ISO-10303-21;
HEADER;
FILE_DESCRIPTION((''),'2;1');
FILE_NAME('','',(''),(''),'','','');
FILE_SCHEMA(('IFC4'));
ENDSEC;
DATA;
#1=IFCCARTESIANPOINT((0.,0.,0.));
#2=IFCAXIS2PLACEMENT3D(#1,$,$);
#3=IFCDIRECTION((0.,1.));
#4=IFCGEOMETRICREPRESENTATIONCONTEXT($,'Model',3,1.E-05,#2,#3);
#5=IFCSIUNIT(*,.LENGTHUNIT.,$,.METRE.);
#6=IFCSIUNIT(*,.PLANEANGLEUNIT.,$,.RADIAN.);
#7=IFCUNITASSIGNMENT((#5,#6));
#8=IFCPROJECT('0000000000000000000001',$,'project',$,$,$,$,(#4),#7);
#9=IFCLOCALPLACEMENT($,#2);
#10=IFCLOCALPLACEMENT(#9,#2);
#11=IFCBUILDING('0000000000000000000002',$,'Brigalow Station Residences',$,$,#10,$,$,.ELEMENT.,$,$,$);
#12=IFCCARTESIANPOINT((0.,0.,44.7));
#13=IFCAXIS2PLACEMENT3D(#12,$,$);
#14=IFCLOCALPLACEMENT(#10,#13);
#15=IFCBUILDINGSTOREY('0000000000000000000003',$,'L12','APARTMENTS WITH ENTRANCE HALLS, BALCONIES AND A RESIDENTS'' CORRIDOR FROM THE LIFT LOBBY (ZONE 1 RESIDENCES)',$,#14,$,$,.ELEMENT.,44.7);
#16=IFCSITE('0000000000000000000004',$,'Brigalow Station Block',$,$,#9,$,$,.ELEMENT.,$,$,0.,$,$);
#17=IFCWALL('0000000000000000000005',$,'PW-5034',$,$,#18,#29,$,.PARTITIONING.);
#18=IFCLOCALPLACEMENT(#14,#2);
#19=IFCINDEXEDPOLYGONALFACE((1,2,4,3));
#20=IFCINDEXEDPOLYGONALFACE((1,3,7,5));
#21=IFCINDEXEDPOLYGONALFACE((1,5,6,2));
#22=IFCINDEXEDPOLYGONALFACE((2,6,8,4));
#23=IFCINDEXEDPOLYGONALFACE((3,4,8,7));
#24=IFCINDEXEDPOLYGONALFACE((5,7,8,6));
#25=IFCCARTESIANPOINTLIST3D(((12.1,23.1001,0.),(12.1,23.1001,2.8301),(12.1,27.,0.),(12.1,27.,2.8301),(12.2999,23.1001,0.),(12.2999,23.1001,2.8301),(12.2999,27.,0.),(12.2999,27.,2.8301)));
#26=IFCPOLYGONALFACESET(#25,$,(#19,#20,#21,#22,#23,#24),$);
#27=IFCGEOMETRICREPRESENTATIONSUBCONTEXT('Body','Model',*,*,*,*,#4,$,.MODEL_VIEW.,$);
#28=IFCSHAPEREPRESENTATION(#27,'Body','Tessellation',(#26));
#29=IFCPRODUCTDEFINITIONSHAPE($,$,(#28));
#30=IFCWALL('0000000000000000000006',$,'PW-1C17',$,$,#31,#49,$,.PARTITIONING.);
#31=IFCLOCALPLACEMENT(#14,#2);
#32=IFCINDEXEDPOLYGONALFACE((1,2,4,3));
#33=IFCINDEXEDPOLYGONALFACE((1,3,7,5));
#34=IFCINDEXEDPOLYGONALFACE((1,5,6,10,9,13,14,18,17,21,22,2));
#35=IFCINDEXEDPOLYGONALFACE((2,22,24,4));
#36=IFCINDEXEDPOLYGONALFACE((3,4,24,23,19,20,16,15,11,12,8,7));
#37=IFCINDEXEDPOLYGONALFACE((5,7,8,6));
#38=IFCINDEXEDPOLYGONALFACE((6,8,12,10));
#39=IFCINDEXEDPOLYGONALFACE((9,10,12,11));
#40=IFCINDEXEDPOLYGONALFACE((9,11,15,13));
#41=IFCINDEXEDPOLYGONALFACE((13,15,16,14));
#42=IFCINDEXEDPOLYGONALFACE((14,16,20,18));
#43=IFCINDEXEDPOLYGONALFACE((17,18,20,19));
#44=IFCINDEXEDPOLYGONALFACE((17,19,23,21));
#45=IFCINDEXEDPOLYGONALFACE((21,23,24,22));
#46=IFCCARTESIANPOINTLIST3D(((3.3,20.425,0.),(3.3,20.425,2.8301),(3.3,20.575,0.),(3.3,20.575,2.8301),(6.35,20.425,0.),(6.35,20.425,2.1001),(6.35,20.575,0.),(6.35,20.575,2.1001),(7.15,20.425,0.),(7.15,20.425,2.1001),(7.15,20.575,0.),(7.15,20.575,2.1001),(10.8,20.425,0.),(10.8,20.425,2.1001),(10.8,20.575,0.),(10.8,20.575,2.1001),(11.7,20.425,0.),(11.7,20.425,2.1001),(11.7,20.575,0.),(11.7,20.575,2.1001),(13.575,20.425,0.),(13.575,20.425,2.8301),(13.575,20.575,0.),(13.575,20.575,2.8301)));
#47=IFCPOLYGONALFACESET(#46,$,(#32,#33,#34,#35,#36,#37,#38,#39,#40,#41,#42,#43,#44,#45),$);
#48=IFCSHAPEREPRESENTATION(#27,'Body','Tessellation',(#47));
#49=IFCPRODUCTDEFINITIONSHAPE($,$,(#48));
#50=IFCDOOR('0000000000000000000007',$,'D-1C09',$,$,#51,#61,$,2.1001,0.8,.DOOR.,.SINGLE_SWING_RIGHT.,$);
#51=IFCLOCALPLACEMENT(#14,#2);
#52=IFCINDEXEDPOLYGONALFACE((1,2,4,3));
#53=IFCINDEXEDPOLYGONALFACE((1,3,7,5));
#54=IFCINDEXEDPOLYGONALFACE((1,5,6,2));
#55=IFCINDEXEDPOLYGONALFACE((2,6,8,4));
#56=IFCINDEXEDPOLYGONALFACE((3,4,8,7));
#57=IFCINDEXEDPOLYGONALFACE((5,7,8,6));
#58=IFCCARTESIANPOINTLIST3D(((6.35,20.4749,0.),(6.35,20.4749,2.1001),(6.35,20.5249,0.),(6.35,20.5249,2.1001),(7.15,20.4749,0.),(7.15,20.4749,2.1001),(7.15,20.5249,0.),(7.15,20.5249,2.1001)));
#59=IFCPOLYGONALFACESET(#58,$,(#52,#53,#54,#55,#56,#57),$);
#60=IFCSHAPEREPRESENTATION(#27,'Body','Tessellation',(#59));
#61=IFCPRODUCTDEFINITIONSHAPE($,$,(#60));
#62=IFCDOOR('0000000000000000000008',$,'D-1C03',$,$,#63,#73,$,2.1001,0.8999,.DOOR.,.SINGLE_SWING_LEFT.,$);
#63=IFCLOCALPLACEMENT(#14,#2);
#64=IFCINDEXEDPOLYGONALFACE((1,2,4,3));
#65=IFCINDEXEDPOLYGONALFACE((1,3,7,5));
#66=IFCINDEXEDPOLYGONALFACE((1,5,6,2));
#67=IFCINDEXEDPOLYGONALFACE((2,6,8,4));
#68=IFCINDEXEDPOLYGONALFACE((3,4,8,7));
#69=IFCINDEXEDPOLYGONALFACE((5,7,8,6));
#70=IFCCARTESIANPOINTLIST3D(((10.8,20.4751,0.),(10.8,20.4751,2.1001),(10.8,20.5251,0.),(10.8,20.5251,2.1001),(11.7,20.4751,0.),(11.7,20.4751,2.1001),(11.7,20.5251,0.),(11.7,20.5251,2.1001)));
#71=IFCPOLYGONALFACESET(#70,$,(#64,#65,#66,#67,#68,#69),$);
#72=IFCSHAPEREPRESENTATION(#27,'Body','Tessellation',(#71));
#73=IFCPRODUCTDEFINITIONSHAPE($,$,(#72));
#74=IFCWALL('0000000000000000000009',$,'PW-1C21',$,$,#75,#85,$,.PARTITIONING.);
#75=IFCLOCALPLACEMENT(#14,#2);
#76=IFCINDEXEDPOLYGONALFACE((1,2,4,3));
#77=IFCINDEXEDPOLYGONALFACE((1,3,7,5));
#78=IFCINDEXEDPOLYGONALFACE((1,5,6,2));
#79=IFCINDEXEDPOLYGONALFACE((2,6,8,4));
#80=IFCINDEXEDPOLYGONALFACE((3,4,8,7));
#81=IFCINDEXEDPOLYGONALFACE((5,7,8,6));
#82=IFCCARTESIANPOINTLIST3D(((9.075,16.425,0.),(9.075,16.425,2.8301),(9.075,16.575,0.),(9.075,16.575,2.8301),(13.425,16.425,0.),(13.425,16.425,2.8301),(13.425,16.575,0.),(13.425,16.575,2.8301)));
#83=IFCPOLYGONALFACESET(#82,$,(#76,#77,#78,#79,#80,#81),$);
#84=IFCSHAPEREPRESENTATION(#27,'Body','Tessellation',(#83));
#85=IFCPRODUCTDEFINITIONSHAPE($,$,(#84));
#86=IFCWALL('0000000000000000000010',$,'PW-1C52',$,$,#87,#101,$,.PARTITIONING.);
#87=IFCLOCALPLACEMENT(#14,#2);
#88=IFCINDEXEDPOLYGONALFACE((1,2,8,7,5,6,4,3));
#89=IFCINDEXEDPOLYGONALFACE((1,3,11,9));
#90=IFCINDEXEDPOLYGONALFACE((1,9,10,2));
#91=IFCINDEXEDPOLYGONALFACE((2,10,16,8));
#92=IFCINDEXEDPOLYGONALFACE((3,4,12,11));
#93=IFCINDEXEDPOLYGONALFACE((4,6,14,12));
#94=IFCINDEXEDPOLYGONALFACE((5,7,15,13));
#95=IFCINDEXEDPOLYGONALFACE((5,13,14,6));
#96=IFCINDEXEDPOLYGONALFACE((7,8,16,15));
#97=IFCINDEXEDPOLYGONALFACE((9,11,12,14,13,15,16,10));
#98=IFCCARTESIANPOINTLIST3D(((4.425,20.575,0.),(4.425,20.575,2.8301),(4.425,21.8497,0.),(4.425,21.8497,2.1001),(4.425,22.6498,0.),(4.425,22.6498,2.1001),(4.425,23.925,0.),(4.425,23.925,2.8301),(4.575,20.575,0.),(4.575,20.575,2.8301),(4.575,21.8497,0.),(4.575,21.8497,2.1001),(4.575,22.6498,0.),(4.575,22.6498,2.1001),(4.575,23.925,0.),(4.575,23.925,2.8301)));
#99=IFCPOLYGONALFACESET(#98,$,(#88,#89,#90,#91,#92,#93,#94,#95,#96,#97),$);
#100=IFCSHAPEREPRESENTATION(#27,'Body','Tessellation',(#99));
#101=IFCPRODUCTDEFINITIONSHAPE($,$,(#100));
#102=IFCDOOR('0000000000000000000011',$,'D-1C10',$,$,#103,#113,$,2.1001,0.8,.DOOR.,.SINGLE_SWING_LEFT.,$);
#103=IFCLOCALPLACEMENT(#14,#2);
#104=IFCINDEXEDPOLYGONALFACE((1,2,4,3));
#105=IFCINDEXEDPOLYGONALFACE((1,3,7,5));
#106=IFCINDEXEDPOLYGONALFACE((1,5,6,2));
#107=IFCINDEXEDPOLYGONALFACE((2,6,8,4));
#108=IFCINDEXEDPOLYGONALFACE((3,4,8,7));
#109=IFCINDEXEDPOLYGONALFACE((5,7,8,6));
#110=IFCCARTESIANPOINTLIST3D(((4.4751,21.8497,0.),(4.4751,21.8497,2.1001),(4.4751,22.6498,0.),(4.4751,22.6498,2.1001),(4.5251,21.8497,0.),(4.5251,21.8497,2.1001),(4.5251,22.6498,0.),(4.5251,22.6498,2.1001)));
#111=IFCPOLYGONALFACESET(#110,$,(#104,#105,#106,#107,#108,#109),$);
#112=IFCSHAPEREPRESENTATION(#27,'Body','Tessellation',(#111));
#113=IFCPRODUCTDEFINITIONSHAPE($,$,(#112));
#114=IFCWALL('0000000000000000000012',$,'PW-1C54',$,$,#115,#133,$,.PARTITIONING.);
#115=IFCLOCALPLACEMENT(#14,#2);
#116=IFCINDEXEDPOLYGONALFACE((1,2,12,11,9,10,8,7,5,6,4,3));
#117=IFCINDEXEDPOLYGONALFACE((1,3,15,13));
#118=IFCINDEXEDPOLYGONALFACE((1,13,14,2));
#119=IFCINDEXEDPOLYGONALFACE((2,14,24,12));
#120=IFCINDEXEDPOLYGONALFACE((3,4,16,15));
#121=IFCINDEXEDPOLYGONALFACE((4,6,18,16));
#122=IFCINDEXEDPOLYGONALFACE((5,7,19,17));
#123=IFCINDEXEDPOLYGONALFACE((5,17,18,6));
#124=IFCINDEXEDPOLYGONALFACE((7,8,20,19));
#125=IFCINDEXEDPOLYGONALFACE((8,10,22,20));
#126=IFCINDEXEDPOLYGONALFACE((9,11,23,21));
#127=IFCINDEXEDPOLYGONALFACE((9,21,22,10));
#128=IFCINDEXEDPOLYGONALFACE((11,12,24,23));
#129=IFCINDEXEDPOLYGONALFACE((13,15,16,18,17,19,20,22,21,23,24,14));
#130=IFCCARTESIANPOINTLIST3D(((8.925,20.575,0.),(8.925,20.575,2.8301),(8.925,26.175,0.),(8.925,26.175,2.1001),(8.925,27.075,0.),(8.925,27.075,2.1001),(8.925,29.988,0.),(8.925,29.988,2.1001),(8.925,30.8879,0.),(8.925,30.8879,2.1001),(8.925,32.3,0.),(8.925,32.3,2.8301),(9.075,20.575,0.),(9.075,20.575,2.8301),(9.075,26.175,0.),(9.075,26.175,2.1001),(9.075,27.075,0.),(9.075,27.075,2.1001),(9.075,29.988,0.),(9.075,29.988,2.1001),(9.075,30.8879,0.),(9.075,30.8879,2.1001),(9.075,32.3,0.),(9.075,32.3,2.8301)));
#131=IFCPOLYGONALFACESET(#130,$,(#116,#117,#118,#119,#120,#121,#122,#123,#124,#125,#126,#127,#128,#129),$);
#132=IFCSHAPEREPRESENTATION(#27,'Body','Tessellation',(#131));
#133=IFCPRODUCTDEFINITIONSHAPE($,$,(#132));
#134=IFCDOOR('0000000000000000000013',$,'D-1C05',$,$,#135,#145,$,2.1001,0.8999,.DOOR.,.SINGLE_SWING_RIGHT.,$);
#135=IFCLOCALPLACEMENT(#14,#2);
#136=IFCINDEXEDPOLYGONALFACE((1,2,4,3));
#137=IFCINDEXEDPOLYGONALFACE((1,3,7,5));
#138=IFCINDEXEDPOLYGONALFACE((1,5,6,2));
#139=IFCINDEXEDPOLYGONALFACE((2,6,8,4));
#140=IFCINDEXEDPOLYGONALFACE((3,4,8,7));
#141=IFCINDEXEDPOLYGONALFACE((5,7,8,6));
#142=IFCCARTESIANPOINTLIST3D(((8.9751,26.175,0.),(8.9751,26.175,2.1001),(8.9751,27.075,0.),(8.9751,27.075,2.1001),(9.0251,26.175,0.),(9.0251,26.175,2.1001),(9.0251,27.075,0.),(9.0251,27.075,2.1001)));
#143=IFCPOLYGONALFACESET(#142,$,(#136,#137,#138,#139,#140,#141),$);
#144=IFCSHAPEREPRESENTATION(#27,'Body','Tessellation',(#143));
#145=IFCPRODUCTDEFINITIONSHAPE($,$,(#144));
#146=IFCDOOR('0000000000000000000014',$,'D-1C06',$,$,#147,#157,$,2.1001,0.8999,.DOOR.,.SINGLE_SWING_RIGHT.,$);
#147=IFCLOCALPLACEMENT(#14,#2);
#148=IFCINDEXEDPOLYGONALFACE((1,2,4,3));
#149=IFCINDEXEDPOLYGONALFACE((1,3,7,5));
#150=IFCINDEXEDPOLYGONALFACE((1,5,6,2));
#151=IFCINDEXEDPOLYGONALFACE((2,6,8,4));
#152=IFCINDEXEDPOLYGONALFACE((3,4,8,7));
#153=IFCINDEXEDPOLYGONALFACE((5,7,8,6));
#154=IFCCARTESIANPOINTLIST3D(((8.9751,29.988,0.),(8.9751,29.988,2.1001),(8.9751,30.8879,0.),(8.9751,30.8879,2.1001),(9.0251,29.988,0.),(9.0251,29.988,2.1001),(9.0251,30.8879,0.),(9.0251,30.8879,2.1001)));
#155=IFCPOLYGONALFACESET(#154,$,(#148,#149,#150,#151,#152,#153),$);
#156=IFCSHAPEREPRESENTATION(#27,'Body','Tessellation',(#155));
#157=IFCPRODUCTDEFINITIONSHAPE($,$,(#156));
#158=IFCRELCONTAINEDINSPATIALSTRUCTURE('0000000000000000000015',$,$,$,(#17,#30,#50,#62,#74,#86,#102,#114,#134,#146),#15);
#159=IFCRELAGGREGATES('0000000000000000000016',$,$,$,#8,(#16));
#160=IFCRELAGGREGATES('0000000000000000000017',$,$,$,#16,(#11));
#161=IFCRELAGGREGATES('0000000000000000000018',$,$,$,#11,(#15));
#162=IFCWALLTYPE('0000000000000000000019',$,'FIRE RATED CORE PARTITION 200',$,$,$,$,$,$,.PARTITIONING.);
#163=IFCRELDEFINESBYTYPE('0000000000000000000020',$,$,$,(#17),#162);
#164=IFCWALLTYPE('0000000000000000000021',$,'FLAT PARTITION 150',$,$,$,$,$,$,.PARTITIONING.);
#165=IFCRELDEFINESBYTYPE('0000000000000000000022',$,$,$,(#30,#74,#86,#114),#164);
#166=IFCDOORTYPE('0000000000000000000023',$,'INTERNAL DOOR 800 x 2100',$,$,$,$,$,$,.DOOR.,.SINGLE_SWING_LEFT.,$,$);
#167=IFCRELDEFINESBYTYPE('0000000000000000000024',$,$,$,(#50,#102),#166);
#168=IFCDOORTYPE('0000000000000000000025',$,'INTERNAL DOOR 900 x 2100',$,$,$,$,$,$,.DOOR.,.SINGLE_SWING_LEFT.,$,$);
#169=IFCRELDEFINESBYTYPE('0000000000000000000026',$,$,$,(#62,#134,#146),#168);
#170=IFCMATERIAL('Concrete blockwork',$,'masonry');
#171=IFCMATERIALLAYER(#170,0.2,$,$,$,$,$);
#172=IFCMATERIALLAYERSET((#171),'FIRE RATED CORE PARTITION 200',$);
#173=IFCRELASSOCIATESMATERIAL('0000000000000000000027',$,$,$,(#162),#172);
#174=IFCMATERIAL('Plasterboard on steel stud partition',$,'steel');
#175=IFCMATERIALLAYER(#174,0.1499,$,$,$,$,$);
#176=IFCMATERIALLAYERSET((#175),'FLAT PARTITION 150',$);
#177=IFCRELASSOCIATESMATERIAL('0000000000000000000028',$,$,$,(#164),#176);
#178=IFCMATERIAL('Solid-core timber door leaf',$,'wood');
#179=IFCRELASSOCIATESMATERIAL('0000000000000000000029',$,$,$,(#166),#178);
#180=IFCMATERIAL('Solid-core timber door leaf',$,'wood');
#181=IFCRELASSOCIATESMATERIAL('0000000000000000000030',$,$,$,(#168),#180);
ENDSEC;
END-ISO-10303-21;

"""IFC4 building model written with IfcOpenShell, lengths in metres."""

from ifc_helpers import new_model, si_unit, direction, frame, frame_2d, origin, place, context, subcontext, project, spatial, rectangle, extrude, material, layer, layer_set, type_object, element, fill, save


model = new_model("IFC4")

# Units and contexts
model_context = context("Model", 3, precision=1e-05, world=origin(), true_north=direction((0.0, 1.0)))
body_context = subcontext(model_context, "Body", "Model", "MODEL_VIEW")
ifc_project = project(units=[si_unit("LENGTHUNIT", "METRE"), si_unit("PLANEANGLEUNIT", "RADIAN")], contexts=[model_context])

# Site, building, storey
site_placement = place(None, origin())
site = spatial("IfcSite", under=ifc_project, at=site_placement, Name="Brigalow Station Block", CompositionType="ELEMENT", RefElevation=0.0)
building_placement = place(site_placement, origin())
building = spatial("IfcBuilding", under=site, at=building_placement, Name="Brigalow Station Residences", CompositionType="ELEMENT")
storey_placement = place(building_placement, frame((0.0, 0.0, 44.7)))
storey = spatial("IfcBuildingStorey", under=building, at=storey_placement, Name="L12", Description="APARTMENTS WITH ENTRANCE HALLS, BALCONIES AND A RESIDENTS' CORRIDOR FROM THE LIFT LOBBY (ZONE 1 RESIDENCES)", CompositionType="ELEMENT", Elevation=44.7)

# Wall
ifc_material_1 = material(Name="Concrete blockwork", Category="masonry")
ifc_layer_1 = layer(ifc_material_1, 0.2)
ifc_layer_set_1 = layer_set([ifc_layer_1], Name="FIRE RATED CORE PARTITION 200")
wall_type_1 = type_object("IfcWallType", Name="FIRE RATED CORE PARTITION 200", PredefinedType="PARTITIONING", material=ifc_layer_set_1)
wall_1_placement = place(storey_placement, frame((12.2, 23.1001, 0.0), z_axis=(0.0, 0.0, 1.0), x_axis=(0.0, 1.0, 0.0)))
element("IfcWall", 1, at=wall_1_placement, inside=storey, type_object=wall_type_1, Name="PW-5034", PredefinedType="PARTITIONING", context=body_context, shape_type="SweptSolid", body=[
    extrude(rectangle(XDim=3.8999, YDim=0.2, at=frame_2d((1.95, 0.0))), origin(), (0.0, 0.0, 1.0), 2.8301),
])

# Wall, openings, doors
ifc_material_2 = material(Name="Plasterboard on steel stud partition", Category="steel")
ifc_layer_2 = layer(ifc_material_2, 0.1499)
ifc_layer_set_2 = layer_set([ifc_layer_2], Name="FLAT PARTITION 150")
wall_type_2 = type_object("IfcWallType", Name="FLAT PARTITION 150", PredefinedType="PARTITIONING", material=ifc_layer_set_2)
wall_2_placement = place(storey_placement, frame((3.3, 20.5, 0.0), z_axis=(0.0, 0.0, 1.0), x_axis=(1.0, 0.0, 0.0)))
wall_2 = element("IfcWall", 2, at=wall_2_placement, inside=storey, type_object=wall_type_2, Name="PW-1C17", PredefinedType="PARTITIONING", context=body_context, shape_type="SweptSolid", body=[
    extrude(rectangle(XDim=10.2749, YDim=0.1499, at=frame_2d((5.1375, 0.0))), origin(), (0.0, 0.0, 1.0), 2.8301),
])
opening_1_placement = place(wall_2_placement, frame((7.5, 0.0, 0.0)))
opening_1 = element("IfcOpeningElement", 3, at=opening_1_placement, cuts=wall_2, PredefinedType="OPENING", context=body_context, shape_type="SweptSolid", body=[
    extrude(rectangle(XDim=0.8999, YDim=2.1001, at=frame_2d((0.45, 1.05))), frame((0.0, 0.085, 0.0), z_axis=(0.0, -1.0, 0.0), x_axis=(1.0, 0.0, 0.0)), (0.0, 0.0, 1.0), 0.1699),
])
opening_2_placement = place(wall_2_placement, frame((3.05, 0.0, 0.0)))
opening_2 = element("IfcOpeningElement", 4, at=opening_2_placement, cuts=wall_2, PredefinedType="OPENING", context=body_context, shape_type="SweptSolid", body=[
    extrude(rectangle(XDim=0.8, YDim=2.1001, at=frame_2d((0.3999, 1.05))), frame((0.0, 0.085, 0.0), z_axis=(0.0, -1.0, 0.0), x_axis=(1.0, 0.0, 0.0)), (0.0, 0.0, 1.0), 0.1699),
])
ifc_material_3 = material(Name="Solid-core timber door leaf", Category="wood")
door_type_1 = type_object("IfcDoorType", Name="INTERNAL DOOR 800 x 2100", OperationType="SINGLE_SWING_LEFT", PredefinedType="DOOR", material=ifc_material_3)
door_1_placement = place(opening_2_placement, origin())
door_1 = element("IfcDoor", 5, at=door_1_placement, inside=storey, type_object=door_type_1, Name="D-1C09", OperationType="SINGLE_SWING_RIGHT", OverallHeight=2.1001, OverallWidth=0.8, PredefinedType="DOOR", context=body_context, shape_type="SweptSolid", body=[
    extrude(rectangle(XDim=0.8, YDim=2.1001, at=frame_2d((0.3999, 1.05))), frame((0.0, 0.0249, 0.0), z_axis=(0.0, -1.0, 0.0), x_axis=(1.0, 0.0, 0.0)), (0.0, 0.0, 1.0), 0.05),
])
fill(opening_2, door_1)
ifc_material_4 = material(Name="Solid-core timber door leaf", Category="wood")
door_type_2 = type_object("IfcDoorType", Name="INTERNAL DOOR 900 x 2100", OperationType="SINGLE_SWING_LEFT", PredefinedType="DOOR", material=ifc_material_4)
door_2_placement = place(opening_1_placement, frame((0.8999, 0.0, 0.0), z_axis=(0.0, 0.0, 1.0), x_axis=(-1.0, 0.0, 0.0)))
door_2 = element("IfcDoor", 6, at=door_2_placement, inside=storey, type_object=door_type_2, Name="D-1C03", OperationType="SINGLE_SWING_LEFT", OverallHeight=2.1001, OverallWidth=0.8999, PredefinedType="DOOR", context=body_context, shape_type="SweptSolid", body=[
    extrude(rectangle(XDim=0.8999, YDim=2.1001, at=frame_2d((0.45, 1.05))), frame((0.0, 0.0249, 0.0), z_axis=(0.0, -1.0, 0.0), x_axis=(1.0, 0.0, 0.0)), (0.0, 0.0, 1.0), 0.05),
])
fill(opening_1, door_2)

# Wall
wall_3_placement = place(storey_placement, frame((9.075, 16.5, 0.0), z_axis=(0.0, 0.0, 1.0), x_axis=(1.0, 0.0, 0.0)))
element("IfcWall", 7, at=wall_3_placement, inside=storey, type_object=wall_type_2, Name="PW-1C21", PredefinedType="PARTITIONING", context=body_context, shape_type="SweptSolid", body=[
    extrude(rectangle(XDim=4.3501, YDim=0.1499, at=frame_2d((2.175, 0.0))), origin(), (0.0, 0.0, 1.0), 2.8301),
])

# Wall, opening, door
wall_4_placement = place(storey_placement, frame((4.5, 20.575, 0.0), z_axis=(0.0, 0.0, 1.0), x_axis=(0.0, 1.0, 0.0)))
wall_4 = element("IfcWall", 8, at=wall_4_placement, inside=storey, type_object=wall_type_2, Name="PW-1C52", PredefinedType="PARTITIONING", context=body_context, shape_type="SweptSolid", body=[
    extrude(rectangle(XDim=3.3501, YDim=0.1499, at=frame_2d((1.675, 0.0))), origin(), (0.0, 0.0, 1.0), 2.8301),
])
opening_3_placement = place(wall_4_placement, frame((1.2749, 0.0, 0.0)))
opening_3 = element("IfcOpeningElement", 9, at=opening_3_placement, cuts=wall_4, PredefinedType="OPENING", context=body_context, shape_type="SweptSolid", body=[
    extrude(rectangle(XDim=0.8, YDim=2.1001, at=frame_2d((0.3999, 1.05))), frame((0.0, 0.085, 0.0), z_axis=(0.0, -1.0, 0.0), x_axis=(1.0, 0.0, 0.0)), (0.0, 0.0, 1.0), 0.1699),
])
door_3_placement = place(opening_3_placement, origin())
door_3 = element("IfcDoor", 10, at=door_3_placement, inside=storey, type_object=door_type_1, Name="D-1C10", OperationType="SINGLE_SWING_LEFT", OverallHeight=2.1001, OverallWidth=0.8, PredefinedType="DOOR", context=body_context, shape_type="SweptSolid", body=[
    extrude(rectangle(XDim=0.8, YDim=2.1001, at=frame_2d((0.3999, 1.05))), frame((0.0, 0.0249, 0.0), z_axis=(0.0, -1.0, 0.0), x_axis=(1.0, 0.0, 0.0)), (0.0, 0.0, 1.0), 0.05),
])
fill(opening_3, door_3)

# Wall, openings, doors
wall_5_placement = place(storey_placement, frame((9.0, 20.575, 0.0), z_axis=(0.0, 0.0, 1.0), x_axis=(0.0, 1.0, 0.0)))
wall_5 = element("IfcWall", 11, at=wall_5_placement, inside=storey, type_object=wall_type_2, Name="PW-1C54", PredefinedType="PARTITIONING", context=body_context, shape_type="SweptSolid", body=[
    extrude(rectangle(XDim=11.7251, YDim=0.1499, at=frame_2d((5.8625, 0.0))), origin(), (0.0, 0.0, 1.0), 2.8301),
])
opening_4_placement = place(wall_5_placement, frame((5.6001, 0.0, 0.0)))
opening_4 = element("IfcOpeningElement", 12, at=opening_4_placement, cuts=wall_5, PredefinedType="OPENING", context=body_context, shape_type="SweptSolid", body=[
    extrude(rectangle(XDim=0.8999, YDim=2.1001, at=frame_2d((0.45, 1.05))), frame((0.0, 0.085, 0.0), z_axis=(0.0, -1.0, 0.0), x_axis=(1.0, 0.0, 0.0)), (0.0, 0.0, 1.0), 0.1699),
])
opening_5_placement = place(wall_5_placement, frame((9.4131, 0.0, 0.0)))
opening_5 = element("IfcOpeningElement", 13, at=opening_5_placement, cuts=wall_5, PredefinedType="OPENING", context=body_context, shape_type="SweptSolid", body=[
    extrude(rectangle(XDim=0.8999, YDim=2.1001, at=frame_2d((0.45, 1.05))), frame((0.0, 0.085, 0.0), z_axis=(0.0, -1.0, 0.0), x_axis=(1.0, 0.0, 0.0)), (0.0, 0.0, 1.0), 0.1699),
])
door_4_placement = place(opening_4_placement, origin())
door_4 = element("IfcDoor", 14, at=door_4_placement, inside=storey, type_object=door_type_2, Name="D-1C05", OperationType="SINGLE_SWING_RIGHT", OverallHeight=2.1001, OverallWidth=0.8999, PredefinedType="DOOR", context=body_context, shape_type="SweptSolid", body=[
    extrude(rectangle(XDim=0.8999, YDim=2.1001, at=frame_2d((0.45, 1.05))), frame((0.0, 0.0249, 0.0), z_axis=(0.0, -1.0, 0.0), x_axis=(1.0, 0.0, 0.0)), (0.0, 0.0, 1.0), 0.05),
])
fill(opening_4, door_4)
door_5_placement = place(opening_5_placement, origin())
door_5 = element("IfcDoor", 15, at=door_5_placement, inside=storey, type_object=door_type_2, Name="D-1C06", OperationType="SINGLE_SWING_RIGHT", OverallHeight=2.1001, OverallWidth=0.8999, PredefinedType="DOOR", context=body_context, shape_type="SweptSolid", body=[
    extrude(rectangle(XDim=0.8999, YDim=2.1001, at=frame_2d((0.45, 1.05))), frame((0.0, 0.0249, 0.0), z_axis=(0.0, -1.0, 0.0), x_axis=(1.0, 0.0, 0.0)), (0.0, 0.0, 1.0), 0.05),
])
fill(opening_5, door_5)

save(model, "model.ifc")
